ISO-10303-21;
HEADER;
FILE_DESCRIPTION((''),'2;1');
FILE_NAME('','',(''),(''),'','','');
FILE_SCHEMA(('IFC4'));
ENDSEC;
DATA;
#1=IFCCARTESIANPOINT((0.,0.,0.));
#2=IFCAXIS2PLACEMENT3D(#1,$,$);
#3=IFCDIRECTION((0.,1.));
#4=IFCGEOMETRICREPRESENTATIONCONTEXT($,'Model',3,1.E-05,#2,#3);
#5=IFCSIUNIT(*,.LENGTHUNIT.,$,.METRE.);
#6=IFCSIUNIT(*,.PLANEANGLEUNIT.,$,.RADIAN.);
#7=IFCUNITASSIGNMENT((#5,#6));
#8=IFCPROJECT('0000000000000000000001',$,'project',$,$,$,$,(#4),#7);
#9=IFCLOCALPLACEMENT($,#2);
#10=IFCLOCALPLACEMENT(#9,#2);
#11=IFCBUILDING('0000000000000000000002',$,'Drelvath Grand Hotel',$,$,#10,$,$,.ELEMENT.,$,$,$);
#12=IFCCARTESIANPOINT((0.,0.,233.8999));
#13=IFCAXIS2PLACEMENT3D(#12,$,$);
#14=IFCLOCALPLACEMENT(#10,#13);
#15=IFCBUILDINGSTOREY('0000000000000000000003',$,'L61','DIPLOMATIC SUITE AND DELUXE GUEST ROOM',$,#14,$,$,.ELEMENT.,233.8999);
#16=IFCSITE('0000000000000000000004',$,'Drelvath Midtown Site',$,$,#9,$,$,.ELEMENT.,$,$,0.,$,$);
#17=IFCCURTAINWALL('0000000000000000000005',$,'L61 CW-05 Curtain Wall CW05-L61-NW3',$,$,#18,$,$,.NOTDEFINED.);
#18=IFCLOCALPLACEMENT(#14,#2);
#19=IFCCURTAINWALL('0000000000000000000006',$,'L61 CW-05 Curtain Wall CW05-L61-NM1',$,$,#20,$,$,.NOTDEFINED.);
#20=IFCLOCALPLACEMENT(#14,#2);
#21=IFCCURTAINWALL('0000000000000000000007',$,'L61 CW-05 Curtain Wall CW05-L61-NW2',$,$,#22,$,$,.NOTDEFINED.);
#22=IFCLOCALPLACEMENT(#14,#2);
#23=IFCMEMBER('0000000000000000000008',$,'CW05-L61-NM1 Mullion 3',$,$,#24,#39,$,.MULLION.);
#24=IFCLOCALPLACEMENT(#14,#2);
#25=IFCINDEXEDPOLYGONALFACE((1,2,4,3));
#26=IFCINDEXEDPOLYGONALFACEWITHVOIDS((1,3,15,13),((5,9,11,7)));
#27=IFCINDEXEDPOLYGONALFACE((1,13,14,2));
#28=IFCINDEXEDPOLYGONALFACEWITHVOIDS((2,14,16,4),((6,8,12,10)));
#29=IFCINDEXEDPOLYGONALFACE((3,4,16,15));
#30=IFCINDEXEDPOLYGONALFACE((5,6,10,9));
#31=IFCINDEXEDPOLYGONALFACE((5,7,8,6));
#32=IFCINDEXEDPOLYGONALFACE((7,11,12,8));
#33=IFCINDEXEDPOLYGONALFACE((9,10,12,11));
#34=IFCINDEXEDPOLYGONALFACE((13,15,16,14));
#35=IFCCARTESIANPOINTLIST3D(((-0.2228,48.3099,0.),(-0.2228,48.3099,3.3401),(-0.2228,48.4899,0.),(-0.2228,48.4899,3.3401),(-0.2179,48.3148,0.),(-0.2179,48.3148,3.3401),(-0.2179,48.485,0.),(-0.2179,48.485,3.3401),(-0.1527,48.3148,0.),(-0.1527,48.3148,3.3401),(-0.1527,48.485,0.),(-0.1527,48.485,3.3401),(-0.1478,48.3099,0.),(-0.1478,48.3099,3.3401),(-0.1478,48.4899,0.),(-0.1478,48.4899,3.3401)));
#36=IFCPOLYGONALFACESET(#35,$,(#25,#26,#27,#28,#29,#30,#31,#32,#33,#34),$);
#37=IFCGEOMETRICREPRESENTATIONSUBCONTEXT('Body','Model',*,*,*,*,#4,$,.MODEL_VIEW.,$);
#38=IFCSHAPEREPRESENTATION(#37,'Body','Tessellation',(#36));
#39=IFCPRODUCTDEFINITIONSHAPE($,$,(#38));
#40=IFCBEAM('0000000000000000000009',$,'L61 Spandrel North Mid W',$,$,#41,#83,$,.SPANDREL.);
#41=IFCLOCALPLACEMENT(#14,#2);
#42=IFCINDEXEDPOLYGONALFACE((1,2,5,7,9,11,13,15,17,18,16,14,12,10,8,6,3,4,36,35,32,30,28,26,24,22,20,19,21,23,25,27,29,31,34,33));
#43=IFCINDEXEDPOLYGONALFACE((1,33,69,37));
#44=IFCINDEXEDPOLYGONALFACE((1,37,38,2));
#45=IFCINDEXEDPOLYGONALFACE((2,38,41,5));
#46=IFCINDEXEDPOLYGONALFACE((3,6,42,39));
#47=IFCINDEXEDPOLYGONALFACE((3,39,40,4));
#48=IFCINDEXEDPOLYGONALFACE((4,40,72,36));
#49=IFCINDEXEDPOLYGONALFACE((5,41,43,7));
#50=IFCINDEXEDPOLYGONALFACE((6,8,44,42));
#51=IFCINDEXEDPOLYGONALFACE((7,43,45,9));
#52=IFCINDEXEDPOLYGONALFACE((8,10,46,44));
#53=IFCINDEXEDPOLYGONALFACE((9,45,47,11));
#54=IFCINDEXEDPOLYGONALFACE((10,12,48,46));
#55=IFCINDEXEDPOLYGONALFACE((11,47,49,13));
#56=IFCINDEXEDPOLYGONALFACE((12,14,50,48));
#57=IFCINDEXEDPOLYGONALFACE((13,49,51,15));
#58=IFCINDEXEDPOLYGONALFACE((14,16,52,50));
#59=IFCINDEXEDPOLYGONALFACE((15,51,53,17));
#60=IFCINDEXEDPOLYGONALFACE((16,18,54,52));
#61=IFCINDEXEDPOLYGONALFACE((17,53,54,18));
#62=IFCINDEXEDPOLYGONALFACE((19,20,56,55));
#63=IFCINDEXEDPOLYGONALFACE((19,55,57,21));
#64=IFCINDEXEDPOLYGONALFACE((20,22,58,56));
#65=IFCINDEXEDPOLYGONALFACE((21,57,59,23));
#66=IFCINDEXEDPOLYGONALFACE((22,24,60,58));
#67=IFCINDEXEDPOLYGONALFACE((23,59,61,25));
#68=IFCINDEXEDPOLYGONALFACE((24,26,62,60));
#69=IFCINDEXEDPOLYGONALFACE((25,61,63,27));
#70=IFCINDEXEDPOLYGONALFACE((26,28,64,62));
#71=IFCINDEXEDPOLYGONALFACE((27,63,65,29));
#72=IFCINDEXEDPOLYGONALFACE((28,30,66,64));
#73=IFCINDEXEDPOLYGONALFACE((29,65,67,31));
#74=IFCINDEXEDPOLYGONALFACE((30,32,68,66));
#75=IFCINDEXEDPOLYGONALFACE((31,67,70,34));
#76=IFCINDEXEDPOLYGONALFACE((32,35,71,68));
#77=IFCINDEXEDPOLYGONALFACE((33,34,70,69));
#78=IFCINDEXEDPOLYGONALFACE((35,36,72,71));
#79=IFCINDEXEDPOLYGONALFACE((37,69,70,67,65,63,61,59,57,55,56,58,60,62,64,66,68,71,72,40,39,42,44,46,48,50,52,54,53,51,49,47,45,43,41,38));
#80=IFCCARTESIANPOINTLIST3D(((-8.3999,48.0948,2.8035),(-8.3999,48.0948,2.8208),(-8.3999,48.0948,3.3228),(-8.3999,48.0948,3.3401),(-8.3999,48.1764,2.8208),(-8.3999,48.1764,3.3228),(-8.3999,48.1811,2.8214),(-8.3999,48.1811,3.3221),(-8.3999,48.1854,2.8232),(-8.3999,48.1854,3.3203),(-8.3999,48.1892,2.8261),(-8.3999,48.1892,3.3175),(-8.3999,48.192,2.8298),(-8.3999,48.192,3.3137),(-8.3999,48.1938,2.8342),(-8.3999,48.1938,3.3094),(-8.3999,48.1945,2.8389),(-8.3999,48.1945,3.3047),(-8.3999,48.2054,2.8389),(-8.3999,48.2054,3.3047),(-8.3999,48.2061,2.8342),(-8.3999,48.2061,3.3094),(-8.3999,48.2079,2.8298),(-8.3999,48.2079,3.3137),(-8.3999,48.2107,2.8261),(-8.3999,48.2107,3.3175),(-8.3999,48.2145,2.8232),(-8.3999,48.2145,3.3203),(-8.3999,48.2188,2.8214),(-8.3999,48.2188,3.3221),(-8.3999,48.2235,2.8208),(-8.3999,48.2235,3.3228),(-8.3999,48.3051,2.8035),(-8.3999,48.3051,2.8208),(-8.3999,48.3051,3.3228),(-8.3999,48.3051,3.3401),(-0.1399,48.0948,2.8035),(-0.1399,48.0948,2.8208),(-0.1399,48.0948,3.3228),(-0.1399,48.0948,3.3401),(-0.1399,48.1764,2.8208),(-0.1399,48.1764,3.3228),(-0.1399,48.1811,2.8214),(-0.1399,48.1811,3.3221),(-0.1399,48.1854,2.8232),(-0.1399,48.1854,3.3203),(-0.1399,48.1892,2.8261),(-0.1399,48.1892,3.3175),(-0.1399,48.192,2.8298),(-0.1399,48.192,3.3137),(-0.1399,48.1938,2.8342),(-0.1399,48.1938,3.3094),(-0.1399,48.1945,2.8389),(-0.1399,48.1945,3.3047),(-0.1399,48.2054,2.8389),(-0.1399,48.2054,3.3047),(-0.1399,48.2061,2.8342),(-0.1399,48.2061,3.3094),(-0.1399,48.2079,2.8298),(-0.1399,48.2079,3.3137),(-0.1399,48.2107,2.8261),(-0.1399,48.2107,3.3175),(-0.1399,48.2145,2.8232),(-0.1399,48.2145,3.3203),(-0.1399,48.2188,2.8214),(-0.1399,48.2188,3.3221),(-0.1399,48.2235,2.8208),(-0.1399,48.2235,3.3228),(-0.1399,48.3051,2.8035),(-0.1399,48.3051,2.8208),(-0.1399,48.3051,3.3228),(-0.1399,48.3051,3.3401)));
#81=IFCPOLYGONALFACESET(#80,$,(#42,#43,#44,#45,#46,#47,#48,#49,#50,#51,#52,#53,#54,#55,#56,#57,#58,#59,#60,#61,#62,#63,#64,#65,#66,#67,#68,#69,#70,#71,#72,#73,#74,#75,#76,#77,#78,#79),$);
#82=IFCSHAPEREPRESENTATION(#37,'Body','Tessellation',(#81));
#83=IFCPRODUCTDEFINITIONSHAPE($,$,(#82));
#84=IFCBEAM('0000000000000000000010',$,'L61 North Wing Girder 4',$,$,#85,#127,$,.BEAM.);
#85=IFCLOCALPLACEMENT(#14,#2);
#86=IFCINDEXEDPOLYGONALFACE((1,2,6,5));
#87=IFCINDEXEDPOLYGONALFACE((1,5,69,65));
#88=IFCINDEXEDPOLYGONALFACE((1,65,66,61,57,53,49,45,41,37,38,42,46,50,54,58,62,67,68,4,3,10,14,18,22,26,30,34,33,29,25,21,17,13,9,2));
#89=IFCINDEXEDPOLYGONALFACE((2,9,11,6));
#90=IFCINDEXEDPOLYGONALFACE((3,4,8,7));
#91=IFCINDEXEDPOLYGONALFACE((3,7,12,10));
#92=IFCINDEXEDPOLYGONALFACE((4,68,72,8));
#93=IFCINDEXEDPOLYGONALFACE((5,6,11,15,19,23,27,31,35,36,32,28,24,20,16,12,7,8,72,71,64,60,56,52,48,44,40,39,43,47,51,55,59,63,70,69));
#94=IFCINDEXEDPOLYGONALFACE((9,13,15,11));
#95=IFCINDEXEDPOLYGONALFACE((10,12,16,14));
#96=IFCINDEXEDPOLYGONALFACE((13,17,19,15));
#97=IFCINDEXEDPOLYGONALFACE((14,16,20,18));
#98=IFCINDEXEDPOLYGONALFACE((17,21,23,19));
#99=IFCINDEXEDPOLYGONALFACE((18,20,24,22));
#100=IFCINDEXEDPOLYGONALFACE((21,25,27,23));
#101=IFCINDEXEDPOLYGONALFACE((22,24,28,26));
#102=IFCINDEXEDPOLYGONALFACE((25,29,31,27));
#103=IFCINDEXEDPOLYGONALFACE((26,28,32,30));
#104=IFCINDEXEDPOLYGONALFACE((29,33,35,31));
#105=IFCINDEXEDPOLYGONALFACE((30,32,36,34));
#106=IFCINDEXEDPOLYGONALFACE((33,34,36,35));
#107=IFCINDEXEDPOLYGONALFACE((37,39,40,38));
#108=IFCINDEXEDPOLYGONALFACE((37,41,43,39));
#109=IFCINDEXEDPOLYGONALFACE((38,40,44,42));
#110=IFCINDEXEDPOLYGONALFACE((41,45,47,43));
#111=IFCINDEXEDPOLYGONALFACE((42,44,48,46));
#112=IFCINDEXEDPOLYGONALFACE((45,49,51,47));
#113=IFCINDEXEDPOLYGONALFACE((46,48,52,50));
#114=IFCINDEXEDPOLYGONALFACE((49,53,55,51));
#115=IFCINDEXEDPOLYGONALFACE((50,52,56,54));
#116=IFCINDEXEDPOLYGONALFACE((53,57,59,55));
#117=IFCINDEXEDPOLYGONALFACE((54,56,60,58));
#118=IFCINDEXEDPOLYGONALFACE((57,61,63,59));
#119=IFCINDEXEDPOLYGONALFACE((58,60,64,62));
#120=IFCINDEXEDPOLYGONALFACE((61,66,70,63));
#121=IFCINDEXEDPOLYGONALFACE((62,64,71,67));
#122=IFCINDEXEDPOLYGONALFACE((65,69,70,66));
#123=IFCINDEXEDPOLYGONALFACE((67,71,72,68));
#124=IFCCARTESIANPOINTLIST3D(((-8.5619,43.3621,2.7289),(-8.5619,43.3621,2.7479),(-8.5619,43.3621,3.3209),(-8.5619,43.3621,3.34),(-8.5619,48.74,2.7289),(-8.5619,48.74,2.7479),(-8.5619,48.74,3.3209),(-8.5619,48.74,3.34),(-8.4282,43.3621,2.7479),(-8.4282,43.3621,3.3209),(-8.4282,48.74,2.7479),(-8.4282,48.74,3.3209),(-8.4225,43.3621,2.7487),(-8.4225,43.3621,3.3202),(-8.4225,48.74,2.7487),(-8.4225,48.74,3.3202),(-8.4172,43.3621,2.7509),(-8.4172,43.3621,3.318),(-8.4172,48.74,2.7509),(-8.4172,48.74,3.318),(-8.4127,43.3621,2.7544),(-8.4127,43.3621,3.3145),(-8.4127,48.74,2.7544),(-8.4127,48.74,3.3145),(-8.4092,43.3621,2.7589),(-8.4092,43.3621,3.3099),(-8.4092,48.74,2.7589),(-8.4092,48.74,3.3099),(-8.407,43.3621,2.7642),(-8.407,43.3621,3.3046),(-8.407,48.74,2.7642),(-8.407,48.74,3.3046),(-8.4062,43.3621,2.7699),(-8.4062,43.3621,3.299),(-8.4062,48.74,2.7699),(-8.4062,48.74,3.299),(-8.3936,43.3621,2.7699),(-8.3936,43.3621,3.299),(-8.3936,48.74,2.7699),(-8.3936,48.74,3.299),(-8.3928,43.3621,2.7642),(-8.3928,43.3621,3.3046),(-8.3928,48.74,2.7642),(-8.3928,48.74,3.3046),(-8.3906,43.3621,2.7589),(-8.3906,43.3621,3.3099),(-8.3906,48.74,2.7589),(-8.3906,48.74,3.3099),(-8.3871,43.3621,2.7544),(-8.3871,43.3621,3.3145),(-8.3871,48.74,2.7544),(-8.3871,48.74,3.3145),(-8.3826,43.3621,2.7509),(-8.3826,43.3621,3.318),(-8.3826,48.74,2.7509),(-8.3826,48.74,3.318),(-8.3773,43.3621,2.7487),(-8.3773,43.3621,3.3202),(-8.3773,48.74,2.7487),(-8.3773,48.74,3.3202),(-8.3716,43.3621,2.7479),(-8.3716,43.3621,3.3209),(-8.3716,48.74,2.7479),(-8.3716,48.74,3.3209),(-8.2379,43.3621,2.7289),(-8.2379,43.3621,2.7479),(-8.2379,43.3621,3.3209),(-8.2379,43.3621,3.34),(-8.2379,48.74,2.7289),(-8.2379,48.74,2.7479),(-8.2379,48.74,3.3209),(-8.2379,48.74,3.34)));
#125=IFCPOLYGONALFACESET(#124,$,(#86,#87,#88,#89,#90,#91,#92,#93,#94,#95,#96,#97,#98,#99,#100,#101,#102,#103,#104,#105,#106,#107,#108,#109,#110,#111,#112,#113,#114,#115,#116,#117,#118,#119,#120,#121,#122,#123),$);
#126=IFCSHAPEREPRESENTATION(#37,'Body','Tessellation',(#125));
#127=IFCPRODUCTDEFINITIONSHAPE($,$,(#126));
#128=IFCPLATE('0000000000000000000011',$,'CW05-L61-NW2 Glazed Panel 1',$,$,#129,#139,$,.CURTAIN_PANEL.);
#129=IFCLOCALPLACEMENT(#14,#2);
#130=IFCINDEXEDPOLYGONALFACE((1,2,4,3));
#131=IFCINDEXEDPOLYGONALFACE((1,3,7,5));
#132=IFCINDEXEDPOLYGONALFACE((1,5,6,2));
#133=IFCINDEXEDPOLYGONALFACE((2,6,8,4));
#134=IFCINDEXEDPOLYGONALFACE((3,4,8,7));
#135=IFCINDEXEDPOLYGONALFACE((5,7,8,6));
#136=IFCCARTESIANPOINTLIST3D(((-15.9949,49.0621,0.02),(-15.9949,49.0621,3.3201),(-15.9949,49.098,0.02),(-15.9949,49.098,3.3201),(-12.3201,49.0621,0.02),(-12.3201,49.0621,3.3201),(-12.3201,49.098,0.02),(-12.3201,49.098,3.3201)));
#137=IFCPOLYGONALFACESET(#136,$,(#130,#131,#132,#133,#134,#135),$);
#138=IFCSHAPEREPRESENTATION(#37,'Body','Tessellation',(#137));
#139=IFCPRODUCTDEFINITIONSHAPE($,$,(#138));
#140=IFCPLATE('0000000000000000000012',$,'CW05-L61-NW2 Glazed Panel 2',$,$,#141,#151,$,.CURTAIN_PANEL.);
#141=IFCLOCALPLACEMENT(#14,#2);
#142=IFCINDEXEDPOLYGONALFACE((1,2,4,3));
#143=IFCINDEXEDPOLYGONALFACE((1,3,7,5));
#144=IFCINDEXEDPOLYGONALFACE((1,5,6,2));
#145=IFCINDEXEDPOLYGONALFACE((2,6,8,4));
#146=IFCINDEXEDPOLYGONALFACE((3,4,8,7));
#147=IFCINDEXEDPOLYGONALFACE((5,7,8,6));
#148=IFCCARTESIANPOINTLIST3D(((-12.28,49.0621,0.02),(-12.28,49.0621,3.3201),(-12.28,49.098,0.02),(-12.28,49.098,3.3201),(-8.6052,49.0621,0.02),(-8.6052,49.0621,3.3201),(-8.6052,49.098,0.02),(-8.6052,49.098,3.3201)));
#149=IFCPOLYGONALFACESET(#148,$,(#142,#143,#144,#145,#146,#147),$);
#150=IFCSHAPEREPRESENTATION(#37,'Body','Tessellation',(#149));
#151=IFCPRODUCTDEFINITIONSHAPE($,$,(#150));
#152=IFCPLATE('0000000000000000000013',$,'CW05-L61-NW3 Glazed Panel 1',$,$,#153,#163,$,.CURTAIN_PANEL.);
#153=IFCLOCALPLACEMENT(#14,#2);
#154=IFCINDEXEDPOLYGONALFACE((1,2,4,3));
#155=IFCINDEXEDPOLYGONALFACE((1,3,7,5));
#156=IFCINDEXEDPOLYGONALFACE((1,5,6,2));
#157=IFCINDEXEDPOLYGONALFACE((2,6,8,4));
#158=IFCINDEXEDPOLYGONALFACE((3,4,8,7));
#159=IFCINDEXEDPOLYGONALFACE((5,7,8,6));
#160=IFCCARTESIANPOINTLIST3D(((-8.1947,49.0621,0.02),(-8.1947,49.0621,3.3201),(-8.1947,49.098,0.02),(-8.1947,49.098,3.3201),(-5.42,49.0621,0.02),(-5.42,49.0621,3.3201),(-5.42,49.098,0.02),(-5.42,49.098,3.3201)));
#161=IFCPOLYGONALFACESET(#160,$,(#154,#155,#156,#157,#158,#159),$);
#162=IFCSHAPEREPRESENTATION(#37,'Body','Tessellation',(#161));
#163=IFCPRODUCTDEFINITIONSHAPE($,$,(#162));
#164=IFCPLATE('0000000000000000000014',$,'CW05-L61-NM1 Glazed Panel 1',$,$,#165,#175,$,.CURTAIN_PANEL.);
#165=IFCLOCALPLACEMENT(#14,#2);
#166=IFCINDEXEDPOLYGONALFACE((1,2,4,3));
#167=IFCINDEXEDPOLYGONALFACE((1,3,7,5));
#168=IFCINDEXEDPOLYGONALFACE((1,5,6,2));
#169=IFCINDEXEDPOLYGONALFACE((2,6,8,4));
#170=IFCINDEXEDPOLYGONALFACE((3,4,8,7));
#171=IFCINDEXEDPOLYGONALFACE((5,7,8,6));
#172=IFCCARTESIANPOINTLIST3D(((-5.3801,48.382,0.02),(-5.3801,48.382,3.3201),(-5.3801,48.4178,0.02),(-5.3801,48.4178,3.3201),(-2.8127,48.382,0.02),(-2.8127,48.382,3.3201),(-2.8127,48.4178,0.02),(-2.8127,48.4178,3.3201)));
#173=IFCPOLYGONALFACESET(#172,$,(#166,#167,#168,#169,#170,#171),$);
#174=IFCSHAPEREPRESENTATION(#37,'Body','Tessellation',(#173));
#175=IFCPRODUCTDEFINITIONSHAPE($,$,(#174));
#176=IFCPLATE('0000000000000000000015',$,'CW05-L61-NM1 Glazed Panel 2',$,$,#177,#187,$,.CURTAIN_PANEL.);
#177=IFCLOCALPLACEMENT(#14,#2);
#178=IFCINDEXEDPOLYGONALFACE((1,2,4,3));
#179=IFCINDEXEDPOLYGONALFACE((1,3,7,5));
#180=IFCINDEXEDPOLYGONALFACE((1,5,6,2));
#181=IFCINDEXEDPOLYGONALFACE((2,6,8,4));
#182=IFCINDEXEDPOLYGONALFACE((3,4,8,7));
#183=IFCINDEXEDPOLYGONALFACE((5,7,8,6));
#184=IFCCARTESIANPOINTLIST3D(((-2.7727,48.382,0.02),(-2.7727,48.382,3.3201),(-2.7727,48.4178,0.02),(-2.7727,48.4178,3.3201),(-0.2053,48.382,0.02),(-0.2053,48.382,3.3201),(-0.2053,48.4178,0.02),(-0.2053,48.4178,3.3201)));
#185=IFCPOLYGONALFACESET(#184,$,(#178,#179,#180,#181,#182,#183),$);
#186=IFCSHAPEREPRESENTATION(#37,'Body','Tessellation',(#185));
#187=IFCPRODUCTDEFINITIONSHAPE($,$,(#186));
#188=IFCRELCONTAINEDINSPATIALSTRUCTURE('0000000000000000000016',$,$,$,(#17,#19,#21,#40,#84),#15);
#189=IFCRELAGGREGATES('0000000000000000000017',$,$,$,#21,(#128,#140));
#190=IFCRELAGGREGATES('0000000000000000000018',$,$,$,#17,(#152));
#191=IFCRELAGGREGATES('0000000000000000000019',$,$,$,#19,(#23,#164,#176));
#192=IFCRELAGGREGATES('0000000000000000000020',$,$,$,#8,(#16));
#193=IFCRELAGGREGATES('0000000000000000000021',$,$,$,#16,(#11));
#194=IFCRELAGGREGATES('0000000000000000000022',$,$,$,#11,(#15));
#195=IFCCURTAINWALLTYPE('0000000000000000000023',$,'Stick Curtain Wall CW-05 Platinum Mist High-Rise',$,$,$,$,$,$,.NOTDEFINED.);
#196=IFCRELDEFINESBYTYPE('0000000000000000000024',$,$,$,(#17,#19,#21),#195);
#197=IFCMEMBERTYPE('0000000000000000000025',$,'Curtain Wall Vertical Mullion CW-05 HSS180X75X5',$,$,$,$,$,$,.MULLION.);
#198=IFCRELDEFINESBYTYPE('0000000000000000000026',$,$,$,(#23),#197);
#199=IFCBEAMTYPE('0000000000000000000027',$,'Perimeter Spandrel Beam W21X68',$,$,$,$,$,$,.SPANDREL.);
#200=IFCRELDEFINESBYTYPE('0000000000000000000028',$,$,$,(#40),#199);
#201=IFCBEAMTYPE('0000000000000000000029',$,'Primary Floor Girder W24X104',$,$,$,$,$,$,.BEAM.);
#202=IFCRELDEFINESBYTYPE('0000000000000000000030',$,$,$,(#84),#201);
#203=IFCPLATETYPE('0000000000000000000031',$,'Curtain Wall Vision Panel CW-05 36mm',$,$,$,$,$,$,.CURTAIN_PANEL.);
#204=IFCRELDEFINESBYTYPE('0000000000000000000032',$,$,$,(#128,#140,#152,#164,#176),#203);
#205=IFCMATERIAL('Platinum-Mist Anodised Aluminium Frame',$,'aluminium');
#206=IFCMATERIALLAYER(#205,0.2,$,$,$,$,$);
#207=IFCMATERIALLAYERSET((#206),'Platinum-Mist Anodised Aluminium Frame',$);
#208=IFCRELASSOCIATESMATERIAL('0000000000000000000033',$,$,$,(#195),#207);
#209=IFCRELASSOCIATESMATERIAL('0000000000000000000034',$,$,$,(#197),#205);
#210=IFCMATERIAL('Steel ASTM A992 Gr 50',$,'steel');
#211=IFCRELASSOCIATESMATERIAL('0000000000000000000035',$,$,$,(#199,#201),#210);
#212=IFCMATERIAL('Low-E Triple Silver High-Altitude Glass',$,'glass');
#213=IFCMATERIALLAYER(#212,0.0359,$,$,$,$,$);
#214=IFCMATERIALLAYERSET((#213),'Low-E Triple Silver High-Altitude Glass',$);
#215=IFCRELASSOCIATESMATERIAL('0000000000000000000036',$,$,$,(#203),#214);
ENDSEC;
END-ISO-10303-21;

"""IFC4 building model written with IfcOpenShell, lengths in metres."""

from ifc_helpers import new_model, si_unit, direction, frame, origin, origin_2d, place, context, subcontext, project, spatial, rectangle, hollow_rectangle, i_section, extrude, material, layer, layer_set, material_profile, profile_set, type_object, element, aggregate, save


model = new_model("IFC4")

# Units and contexts
model_context = context("Model", 3, precision=1e-05, world=origin(), true_north=direction((0.0, 1.0)))
body_context = subcontext(model_context, "Body", "Model", "MODEL_VIEW")
ifc_project = project(units=[si_unit("LENGTHUNIT", "METRE"), si_unit("PLANEANGLEUNIT", "RADIAN")], contexts=[model_context])

# Site, building, storey
site_placement = place(None, origin())
site = spatial("IfcSite", under=ifc_project, at=site_placement, Name="Drelvath Midtown Site", CompositionType="ELEMENT", RefElevation=0.0)
building_placement = place(site_placement, origin())
building = spatial("IfcBuilding", under=site, at=building_placement, Name="Drelvath Grand Hotel", CompositionType="ELEMENT")
storey_placement = place(building_placement, frame((0.0, 0.0, 233.8999)))
storey = spatial("IfcBuildingStorey", under=building, at=storey_placement, Name="L61", Description="DIPLOMATIC SUITE AND DELUXE GUEST ROOM", CompositionType="ELEMENT", Elevation=233.8999)

# Curtain walls
ifc_material_1 = material(Name="Platinum-Mist Anodised Aluminium Frame", Category="aluminium")
ifc_layer_1 = layer(ifc_material_1, 0.2)
ifc_layer_set_1 = layer_set([ifc_layer_1], Name="Platinum-Mist Anodised Aluminium Frame")
curtain_wall_type = type_object("IfcCurtainWallType", Name="Stick Curtain Wall CW-05 Platinum Mist High-Rise", PredefinedType="NOTDEFINED", material=ifc_layer_set_1)
curtain_wall_1_placement = place(storey_placement, origin())
curtain_wall_1 = element("IfcCurtainWall", 1, at=curtain_wall_1_placement, inside=storey, type_object=curtain_wall_type, Name="L61 CW-05 Curtain Wall CW05-L61-NW3", PredefinedType="NOTDEFINED")
curtain_wall_2_placement = place(storey_placement, origin())
curtain_wall_2 = element("IfcCurtainWall", 2, at=curtain_wall_2_placement, inside=storey, type_object=curtain_wall_type, Name="L61 CW-05 Curtain Wall CW05-L61-NM1", PredefinedType="NOTDEFINED")

# Curtain wall
curtain_wall_3_placement = place(storey_placement, origin())
curtain_wall_3 = element("IfcCurtainWall", 3, at=curtain_wall_3_placement, inside=storey, type_object=curtain_wall_type, Name="L61 CW-05 Curtain Wall CW05-L61-NW2", PredefinedType="NOTDEFINED")
ifc_material_profile_1 = material_profile(ifc_material_1, hollow_rectangle(XDim=0.075, YDim=0.1799, WallThickness=0.0049, at=origin_2d()), Name="HSS180X75X5")
ifc_profile_set_1 = profile_set([ifc_material_profile_1], Name="Platinum-Mist Anodised Aluminium Frame")
member_type_1 = type_object("IfcMemberType", Name="Curtain Wall Vertical Mullion CW-05 HSS180X75X5", PredefinedType="MULLION", material=ifc_profile_set_1)

# Member
member_1_placement = place(storey_placement, frame((-0.1853, 48.3999, 0.0), z_axis=(0.0, 0.0, 1.0), x_axis=(1.0, 0.0, 0.0)))
member_1 = element("IfcMember", 4, at=member_1_placement, type_object=member_type_1, Name="CW05-L61-NM1 Mullion 3", PredefinedType="MULLION", context=body_context, shape_type="SweptSolid", body=[
    extrude(hollow_rectangle(XDim=0.075, YDim=0.1799, WallThickness=0.0049, at=origin_2d()), origin(), (0.0, 0.0, 1.0), 3.3401),
])

# Beams
ifc_material_2 = material(Name="Steel ASTM A992 Gr 50", Category="steel")
ifc_material_profile_2 = material_profile(ifc_material_2, i_section(OverallWidth=0.2102, OverallDepth=0.5366, WebThickness=0.011, FlangeThickness=0.0173, FilletRadius=0.0181, at=origin_2d()), Name="W21X68")
ifc_profile_set_2 = profile_set([ifc_material_profile_2], Name="Steel ASTM A992 Gr 50")
beam_type_1 = type_object("IfcBeamType", Name="Perimeter Spandrel Beam W21X68", PredefinedType="SPANDREL", material=ifc_profile_set_2)
beam_1_placement = place(storey_placement, frame((-8.3999, 48.2, 3.0718), z_axis=(1.0, 0.0, 0.0), x_axis=(0.0, 1.0, 0.0)))
element("IfcBeam", 5, at=beam_1_placement, inside=storey, type_object=beam_type_1, Name="L61 Spandrel North Mid W", PredefinedType="SPANDREL", context=body_context, shape_type="SweptSolid", body=[
    extrude(i_section(OverallWidth=0.2102, OverallDepth=0.5366, WebThickness=0.011, FlangeThickness=0.0173, FilletRadius=0.0181, at=origin_2d()), origin(), (0.0, 0.0, 1.0), 8.26),
])
ifc_material_profile_3 = material_profile(ifc_material_2, i_section(OverallWidth=0.324, OverallDepth=0.6111, WebThickness=0.0127, FlangeThickness=0.019, FilletRadius=0.022, at=origin_2d()), Name="W24X104")
ifc_profile_set_3 = profile_set([ifc_material_profile_3], Name="Steel ASTM A992 Gr 50")
beam_type_2 = type_object("IfcBeamType", Name="Primary Floor Girder W24X104", PredefinedType="BEAM", material=ifc_profile_set_3)
beam_2_placement = place(storey_placement, frame((-8.3999, 43.3621, 3.0344), z_axis=(0.0, 1.0, 0.0), x_axis=(-1.0, 0.0, 0.0)))
element("IfcBeam", 6, at=beam_2_placement, inside=storey, type_object=beam_type_2, Name="L61 North Wing Girder 4", PredefinedType="BEAM", context=body_context, shape_type="SweptSolid", body=[
    extrude(i_section(OverallWidth=0.324, OverallDepth=0.6111, WebThickness=0.0127, FlangeThickness=0.019, FilletRadius=0.022, at=origin_2d()), origin(), (0.0, 0.0, 1.0), 5.3779),
])

# Plates
ifc_material_3 = material(Name="Low-E Triple Silver High-Altitude Glass", Category="glass")
ifc_layer_2 = layer(ifc_material_3, 0.0359)
ifc_layer_set_2 = layer_set([ifc_layer_2], Name="Low-E Triple Silver High-Altitude Glass")
plate_type = type_object("IfcPlateType", Name="Curtain Wall Vision Panel CW-05 36mm", PredefinedType="CURTAIN_PANEL", material=ifc_layer_set_2)
plate_1_placement = place(storey_placement, frame((-14.1575, 49.0801, 0.02), z_axis=(0.0, 0.0, 1.0), x_axis=(1.0, 0.0, 0.0)))
plate_1 = element("IfcPlate", 7, at=plate_1_placement, type_object=plate_type, Name="CW05-L61-NW2 Glazed Panel 1", PredefinedType="CURTAIN_PANEL", context=body_context, shape_type="SweptSolid", body=[
    extrude(rectangle(XDim=3.6748, YDim=0.0359, at=origin_2d()), origin(), (0.0, 0.0, 1.0), 3.3),
])
plate_2_placement = place(storey_placement, frame((-10.4426, 49.0801, 0.02), z_axis=(0.0, 0.0, 1.0), x_axis=(1.0, 0.0, 0.0)))
plate_2 = element("IfcPlate", 8, at=plate_2_placement, type_object=plate_type, Name="CW05-L61-NW2 Glazed Panel 2", PredefinedType="CURTAIN_PANEL", context=body_context, shape_type="SweptSolid", body=[
    extrude(rectangle(XDim=3.6748, YDim=0.0359, at=origin_2d()), origin(), (0.0, 0.0, 1.0), 3.3),
])
aggregate(curtain_wall_3, [plate_1, plate_2])
plate_3_placement = place(storey_placement, frame((-6.8074, 49.0801, 0.02), z_axis=(0.0, 0.0, 1.0), x_axis=(1.0, 0.0, 0.0)))
plate_3 = element("IfcPlate", 9, at=plate_3_placement, type_object=plate_type, Name="CW05-L61-NW3 Glazed Panel 1", PredefinedType="CURTAIN_PANEL", context=body_context, shape_type="SweptSolid", body=[
    extrude(rectangle(XDim=2.7747, YDim=0.0359, at=origin_2d()), origin(), (0.0, 0.0, 1.0), 3.3),
])
aggregate(curtain_wall_1, [plate_3])
plate_4_placement = place(storey_placement, frame((-4.0964, 48.3999, 0.02), z_axis=(0.0, 0.0, 1.0), x_axis=(1.0, 0.0, 0.0)))
plate_4 = element("IfcPlate", 10, at=plate_4_placement, type_object=plate_type, Name="CW05-L61-NM1 Glazed Panel 1", PredefinedType="CURTAIN_PANEL", context=body_context, shape_type="SweptSolid", body=[
    extrude(rectangle(XDim=2.5674, YDim=0.0359, at=origin_2d()), origin(), (0.0, 0.0, 1.0), 3.3),
])
plate_5_placement = place(storey_placement, frame((-1.489, 48.3999, 0.02), z_axis=(0.0, 0.0, 1.0), x_axis=(1.0, 0.0, 0.0)))
plate_5 = element("IfcPlate", 11, at=plate_5_placement, type_object=plate_type, Name="CW05-L61-NM1 Glazed Panel 2", PredefinedType="CURTAIN_PANEL", context=body_context, shape_type="SweptSolid", body=[
    extrude(rectangle(XDim=2.5674, YDim=0.0359, at=origin_2d()), origin(), (0.0, 0.0, 1.0), 3.3),
])
aggregate(curtain_wall_2, [member_1, plate_4, plate_5])

save(model, "model.ifc")
